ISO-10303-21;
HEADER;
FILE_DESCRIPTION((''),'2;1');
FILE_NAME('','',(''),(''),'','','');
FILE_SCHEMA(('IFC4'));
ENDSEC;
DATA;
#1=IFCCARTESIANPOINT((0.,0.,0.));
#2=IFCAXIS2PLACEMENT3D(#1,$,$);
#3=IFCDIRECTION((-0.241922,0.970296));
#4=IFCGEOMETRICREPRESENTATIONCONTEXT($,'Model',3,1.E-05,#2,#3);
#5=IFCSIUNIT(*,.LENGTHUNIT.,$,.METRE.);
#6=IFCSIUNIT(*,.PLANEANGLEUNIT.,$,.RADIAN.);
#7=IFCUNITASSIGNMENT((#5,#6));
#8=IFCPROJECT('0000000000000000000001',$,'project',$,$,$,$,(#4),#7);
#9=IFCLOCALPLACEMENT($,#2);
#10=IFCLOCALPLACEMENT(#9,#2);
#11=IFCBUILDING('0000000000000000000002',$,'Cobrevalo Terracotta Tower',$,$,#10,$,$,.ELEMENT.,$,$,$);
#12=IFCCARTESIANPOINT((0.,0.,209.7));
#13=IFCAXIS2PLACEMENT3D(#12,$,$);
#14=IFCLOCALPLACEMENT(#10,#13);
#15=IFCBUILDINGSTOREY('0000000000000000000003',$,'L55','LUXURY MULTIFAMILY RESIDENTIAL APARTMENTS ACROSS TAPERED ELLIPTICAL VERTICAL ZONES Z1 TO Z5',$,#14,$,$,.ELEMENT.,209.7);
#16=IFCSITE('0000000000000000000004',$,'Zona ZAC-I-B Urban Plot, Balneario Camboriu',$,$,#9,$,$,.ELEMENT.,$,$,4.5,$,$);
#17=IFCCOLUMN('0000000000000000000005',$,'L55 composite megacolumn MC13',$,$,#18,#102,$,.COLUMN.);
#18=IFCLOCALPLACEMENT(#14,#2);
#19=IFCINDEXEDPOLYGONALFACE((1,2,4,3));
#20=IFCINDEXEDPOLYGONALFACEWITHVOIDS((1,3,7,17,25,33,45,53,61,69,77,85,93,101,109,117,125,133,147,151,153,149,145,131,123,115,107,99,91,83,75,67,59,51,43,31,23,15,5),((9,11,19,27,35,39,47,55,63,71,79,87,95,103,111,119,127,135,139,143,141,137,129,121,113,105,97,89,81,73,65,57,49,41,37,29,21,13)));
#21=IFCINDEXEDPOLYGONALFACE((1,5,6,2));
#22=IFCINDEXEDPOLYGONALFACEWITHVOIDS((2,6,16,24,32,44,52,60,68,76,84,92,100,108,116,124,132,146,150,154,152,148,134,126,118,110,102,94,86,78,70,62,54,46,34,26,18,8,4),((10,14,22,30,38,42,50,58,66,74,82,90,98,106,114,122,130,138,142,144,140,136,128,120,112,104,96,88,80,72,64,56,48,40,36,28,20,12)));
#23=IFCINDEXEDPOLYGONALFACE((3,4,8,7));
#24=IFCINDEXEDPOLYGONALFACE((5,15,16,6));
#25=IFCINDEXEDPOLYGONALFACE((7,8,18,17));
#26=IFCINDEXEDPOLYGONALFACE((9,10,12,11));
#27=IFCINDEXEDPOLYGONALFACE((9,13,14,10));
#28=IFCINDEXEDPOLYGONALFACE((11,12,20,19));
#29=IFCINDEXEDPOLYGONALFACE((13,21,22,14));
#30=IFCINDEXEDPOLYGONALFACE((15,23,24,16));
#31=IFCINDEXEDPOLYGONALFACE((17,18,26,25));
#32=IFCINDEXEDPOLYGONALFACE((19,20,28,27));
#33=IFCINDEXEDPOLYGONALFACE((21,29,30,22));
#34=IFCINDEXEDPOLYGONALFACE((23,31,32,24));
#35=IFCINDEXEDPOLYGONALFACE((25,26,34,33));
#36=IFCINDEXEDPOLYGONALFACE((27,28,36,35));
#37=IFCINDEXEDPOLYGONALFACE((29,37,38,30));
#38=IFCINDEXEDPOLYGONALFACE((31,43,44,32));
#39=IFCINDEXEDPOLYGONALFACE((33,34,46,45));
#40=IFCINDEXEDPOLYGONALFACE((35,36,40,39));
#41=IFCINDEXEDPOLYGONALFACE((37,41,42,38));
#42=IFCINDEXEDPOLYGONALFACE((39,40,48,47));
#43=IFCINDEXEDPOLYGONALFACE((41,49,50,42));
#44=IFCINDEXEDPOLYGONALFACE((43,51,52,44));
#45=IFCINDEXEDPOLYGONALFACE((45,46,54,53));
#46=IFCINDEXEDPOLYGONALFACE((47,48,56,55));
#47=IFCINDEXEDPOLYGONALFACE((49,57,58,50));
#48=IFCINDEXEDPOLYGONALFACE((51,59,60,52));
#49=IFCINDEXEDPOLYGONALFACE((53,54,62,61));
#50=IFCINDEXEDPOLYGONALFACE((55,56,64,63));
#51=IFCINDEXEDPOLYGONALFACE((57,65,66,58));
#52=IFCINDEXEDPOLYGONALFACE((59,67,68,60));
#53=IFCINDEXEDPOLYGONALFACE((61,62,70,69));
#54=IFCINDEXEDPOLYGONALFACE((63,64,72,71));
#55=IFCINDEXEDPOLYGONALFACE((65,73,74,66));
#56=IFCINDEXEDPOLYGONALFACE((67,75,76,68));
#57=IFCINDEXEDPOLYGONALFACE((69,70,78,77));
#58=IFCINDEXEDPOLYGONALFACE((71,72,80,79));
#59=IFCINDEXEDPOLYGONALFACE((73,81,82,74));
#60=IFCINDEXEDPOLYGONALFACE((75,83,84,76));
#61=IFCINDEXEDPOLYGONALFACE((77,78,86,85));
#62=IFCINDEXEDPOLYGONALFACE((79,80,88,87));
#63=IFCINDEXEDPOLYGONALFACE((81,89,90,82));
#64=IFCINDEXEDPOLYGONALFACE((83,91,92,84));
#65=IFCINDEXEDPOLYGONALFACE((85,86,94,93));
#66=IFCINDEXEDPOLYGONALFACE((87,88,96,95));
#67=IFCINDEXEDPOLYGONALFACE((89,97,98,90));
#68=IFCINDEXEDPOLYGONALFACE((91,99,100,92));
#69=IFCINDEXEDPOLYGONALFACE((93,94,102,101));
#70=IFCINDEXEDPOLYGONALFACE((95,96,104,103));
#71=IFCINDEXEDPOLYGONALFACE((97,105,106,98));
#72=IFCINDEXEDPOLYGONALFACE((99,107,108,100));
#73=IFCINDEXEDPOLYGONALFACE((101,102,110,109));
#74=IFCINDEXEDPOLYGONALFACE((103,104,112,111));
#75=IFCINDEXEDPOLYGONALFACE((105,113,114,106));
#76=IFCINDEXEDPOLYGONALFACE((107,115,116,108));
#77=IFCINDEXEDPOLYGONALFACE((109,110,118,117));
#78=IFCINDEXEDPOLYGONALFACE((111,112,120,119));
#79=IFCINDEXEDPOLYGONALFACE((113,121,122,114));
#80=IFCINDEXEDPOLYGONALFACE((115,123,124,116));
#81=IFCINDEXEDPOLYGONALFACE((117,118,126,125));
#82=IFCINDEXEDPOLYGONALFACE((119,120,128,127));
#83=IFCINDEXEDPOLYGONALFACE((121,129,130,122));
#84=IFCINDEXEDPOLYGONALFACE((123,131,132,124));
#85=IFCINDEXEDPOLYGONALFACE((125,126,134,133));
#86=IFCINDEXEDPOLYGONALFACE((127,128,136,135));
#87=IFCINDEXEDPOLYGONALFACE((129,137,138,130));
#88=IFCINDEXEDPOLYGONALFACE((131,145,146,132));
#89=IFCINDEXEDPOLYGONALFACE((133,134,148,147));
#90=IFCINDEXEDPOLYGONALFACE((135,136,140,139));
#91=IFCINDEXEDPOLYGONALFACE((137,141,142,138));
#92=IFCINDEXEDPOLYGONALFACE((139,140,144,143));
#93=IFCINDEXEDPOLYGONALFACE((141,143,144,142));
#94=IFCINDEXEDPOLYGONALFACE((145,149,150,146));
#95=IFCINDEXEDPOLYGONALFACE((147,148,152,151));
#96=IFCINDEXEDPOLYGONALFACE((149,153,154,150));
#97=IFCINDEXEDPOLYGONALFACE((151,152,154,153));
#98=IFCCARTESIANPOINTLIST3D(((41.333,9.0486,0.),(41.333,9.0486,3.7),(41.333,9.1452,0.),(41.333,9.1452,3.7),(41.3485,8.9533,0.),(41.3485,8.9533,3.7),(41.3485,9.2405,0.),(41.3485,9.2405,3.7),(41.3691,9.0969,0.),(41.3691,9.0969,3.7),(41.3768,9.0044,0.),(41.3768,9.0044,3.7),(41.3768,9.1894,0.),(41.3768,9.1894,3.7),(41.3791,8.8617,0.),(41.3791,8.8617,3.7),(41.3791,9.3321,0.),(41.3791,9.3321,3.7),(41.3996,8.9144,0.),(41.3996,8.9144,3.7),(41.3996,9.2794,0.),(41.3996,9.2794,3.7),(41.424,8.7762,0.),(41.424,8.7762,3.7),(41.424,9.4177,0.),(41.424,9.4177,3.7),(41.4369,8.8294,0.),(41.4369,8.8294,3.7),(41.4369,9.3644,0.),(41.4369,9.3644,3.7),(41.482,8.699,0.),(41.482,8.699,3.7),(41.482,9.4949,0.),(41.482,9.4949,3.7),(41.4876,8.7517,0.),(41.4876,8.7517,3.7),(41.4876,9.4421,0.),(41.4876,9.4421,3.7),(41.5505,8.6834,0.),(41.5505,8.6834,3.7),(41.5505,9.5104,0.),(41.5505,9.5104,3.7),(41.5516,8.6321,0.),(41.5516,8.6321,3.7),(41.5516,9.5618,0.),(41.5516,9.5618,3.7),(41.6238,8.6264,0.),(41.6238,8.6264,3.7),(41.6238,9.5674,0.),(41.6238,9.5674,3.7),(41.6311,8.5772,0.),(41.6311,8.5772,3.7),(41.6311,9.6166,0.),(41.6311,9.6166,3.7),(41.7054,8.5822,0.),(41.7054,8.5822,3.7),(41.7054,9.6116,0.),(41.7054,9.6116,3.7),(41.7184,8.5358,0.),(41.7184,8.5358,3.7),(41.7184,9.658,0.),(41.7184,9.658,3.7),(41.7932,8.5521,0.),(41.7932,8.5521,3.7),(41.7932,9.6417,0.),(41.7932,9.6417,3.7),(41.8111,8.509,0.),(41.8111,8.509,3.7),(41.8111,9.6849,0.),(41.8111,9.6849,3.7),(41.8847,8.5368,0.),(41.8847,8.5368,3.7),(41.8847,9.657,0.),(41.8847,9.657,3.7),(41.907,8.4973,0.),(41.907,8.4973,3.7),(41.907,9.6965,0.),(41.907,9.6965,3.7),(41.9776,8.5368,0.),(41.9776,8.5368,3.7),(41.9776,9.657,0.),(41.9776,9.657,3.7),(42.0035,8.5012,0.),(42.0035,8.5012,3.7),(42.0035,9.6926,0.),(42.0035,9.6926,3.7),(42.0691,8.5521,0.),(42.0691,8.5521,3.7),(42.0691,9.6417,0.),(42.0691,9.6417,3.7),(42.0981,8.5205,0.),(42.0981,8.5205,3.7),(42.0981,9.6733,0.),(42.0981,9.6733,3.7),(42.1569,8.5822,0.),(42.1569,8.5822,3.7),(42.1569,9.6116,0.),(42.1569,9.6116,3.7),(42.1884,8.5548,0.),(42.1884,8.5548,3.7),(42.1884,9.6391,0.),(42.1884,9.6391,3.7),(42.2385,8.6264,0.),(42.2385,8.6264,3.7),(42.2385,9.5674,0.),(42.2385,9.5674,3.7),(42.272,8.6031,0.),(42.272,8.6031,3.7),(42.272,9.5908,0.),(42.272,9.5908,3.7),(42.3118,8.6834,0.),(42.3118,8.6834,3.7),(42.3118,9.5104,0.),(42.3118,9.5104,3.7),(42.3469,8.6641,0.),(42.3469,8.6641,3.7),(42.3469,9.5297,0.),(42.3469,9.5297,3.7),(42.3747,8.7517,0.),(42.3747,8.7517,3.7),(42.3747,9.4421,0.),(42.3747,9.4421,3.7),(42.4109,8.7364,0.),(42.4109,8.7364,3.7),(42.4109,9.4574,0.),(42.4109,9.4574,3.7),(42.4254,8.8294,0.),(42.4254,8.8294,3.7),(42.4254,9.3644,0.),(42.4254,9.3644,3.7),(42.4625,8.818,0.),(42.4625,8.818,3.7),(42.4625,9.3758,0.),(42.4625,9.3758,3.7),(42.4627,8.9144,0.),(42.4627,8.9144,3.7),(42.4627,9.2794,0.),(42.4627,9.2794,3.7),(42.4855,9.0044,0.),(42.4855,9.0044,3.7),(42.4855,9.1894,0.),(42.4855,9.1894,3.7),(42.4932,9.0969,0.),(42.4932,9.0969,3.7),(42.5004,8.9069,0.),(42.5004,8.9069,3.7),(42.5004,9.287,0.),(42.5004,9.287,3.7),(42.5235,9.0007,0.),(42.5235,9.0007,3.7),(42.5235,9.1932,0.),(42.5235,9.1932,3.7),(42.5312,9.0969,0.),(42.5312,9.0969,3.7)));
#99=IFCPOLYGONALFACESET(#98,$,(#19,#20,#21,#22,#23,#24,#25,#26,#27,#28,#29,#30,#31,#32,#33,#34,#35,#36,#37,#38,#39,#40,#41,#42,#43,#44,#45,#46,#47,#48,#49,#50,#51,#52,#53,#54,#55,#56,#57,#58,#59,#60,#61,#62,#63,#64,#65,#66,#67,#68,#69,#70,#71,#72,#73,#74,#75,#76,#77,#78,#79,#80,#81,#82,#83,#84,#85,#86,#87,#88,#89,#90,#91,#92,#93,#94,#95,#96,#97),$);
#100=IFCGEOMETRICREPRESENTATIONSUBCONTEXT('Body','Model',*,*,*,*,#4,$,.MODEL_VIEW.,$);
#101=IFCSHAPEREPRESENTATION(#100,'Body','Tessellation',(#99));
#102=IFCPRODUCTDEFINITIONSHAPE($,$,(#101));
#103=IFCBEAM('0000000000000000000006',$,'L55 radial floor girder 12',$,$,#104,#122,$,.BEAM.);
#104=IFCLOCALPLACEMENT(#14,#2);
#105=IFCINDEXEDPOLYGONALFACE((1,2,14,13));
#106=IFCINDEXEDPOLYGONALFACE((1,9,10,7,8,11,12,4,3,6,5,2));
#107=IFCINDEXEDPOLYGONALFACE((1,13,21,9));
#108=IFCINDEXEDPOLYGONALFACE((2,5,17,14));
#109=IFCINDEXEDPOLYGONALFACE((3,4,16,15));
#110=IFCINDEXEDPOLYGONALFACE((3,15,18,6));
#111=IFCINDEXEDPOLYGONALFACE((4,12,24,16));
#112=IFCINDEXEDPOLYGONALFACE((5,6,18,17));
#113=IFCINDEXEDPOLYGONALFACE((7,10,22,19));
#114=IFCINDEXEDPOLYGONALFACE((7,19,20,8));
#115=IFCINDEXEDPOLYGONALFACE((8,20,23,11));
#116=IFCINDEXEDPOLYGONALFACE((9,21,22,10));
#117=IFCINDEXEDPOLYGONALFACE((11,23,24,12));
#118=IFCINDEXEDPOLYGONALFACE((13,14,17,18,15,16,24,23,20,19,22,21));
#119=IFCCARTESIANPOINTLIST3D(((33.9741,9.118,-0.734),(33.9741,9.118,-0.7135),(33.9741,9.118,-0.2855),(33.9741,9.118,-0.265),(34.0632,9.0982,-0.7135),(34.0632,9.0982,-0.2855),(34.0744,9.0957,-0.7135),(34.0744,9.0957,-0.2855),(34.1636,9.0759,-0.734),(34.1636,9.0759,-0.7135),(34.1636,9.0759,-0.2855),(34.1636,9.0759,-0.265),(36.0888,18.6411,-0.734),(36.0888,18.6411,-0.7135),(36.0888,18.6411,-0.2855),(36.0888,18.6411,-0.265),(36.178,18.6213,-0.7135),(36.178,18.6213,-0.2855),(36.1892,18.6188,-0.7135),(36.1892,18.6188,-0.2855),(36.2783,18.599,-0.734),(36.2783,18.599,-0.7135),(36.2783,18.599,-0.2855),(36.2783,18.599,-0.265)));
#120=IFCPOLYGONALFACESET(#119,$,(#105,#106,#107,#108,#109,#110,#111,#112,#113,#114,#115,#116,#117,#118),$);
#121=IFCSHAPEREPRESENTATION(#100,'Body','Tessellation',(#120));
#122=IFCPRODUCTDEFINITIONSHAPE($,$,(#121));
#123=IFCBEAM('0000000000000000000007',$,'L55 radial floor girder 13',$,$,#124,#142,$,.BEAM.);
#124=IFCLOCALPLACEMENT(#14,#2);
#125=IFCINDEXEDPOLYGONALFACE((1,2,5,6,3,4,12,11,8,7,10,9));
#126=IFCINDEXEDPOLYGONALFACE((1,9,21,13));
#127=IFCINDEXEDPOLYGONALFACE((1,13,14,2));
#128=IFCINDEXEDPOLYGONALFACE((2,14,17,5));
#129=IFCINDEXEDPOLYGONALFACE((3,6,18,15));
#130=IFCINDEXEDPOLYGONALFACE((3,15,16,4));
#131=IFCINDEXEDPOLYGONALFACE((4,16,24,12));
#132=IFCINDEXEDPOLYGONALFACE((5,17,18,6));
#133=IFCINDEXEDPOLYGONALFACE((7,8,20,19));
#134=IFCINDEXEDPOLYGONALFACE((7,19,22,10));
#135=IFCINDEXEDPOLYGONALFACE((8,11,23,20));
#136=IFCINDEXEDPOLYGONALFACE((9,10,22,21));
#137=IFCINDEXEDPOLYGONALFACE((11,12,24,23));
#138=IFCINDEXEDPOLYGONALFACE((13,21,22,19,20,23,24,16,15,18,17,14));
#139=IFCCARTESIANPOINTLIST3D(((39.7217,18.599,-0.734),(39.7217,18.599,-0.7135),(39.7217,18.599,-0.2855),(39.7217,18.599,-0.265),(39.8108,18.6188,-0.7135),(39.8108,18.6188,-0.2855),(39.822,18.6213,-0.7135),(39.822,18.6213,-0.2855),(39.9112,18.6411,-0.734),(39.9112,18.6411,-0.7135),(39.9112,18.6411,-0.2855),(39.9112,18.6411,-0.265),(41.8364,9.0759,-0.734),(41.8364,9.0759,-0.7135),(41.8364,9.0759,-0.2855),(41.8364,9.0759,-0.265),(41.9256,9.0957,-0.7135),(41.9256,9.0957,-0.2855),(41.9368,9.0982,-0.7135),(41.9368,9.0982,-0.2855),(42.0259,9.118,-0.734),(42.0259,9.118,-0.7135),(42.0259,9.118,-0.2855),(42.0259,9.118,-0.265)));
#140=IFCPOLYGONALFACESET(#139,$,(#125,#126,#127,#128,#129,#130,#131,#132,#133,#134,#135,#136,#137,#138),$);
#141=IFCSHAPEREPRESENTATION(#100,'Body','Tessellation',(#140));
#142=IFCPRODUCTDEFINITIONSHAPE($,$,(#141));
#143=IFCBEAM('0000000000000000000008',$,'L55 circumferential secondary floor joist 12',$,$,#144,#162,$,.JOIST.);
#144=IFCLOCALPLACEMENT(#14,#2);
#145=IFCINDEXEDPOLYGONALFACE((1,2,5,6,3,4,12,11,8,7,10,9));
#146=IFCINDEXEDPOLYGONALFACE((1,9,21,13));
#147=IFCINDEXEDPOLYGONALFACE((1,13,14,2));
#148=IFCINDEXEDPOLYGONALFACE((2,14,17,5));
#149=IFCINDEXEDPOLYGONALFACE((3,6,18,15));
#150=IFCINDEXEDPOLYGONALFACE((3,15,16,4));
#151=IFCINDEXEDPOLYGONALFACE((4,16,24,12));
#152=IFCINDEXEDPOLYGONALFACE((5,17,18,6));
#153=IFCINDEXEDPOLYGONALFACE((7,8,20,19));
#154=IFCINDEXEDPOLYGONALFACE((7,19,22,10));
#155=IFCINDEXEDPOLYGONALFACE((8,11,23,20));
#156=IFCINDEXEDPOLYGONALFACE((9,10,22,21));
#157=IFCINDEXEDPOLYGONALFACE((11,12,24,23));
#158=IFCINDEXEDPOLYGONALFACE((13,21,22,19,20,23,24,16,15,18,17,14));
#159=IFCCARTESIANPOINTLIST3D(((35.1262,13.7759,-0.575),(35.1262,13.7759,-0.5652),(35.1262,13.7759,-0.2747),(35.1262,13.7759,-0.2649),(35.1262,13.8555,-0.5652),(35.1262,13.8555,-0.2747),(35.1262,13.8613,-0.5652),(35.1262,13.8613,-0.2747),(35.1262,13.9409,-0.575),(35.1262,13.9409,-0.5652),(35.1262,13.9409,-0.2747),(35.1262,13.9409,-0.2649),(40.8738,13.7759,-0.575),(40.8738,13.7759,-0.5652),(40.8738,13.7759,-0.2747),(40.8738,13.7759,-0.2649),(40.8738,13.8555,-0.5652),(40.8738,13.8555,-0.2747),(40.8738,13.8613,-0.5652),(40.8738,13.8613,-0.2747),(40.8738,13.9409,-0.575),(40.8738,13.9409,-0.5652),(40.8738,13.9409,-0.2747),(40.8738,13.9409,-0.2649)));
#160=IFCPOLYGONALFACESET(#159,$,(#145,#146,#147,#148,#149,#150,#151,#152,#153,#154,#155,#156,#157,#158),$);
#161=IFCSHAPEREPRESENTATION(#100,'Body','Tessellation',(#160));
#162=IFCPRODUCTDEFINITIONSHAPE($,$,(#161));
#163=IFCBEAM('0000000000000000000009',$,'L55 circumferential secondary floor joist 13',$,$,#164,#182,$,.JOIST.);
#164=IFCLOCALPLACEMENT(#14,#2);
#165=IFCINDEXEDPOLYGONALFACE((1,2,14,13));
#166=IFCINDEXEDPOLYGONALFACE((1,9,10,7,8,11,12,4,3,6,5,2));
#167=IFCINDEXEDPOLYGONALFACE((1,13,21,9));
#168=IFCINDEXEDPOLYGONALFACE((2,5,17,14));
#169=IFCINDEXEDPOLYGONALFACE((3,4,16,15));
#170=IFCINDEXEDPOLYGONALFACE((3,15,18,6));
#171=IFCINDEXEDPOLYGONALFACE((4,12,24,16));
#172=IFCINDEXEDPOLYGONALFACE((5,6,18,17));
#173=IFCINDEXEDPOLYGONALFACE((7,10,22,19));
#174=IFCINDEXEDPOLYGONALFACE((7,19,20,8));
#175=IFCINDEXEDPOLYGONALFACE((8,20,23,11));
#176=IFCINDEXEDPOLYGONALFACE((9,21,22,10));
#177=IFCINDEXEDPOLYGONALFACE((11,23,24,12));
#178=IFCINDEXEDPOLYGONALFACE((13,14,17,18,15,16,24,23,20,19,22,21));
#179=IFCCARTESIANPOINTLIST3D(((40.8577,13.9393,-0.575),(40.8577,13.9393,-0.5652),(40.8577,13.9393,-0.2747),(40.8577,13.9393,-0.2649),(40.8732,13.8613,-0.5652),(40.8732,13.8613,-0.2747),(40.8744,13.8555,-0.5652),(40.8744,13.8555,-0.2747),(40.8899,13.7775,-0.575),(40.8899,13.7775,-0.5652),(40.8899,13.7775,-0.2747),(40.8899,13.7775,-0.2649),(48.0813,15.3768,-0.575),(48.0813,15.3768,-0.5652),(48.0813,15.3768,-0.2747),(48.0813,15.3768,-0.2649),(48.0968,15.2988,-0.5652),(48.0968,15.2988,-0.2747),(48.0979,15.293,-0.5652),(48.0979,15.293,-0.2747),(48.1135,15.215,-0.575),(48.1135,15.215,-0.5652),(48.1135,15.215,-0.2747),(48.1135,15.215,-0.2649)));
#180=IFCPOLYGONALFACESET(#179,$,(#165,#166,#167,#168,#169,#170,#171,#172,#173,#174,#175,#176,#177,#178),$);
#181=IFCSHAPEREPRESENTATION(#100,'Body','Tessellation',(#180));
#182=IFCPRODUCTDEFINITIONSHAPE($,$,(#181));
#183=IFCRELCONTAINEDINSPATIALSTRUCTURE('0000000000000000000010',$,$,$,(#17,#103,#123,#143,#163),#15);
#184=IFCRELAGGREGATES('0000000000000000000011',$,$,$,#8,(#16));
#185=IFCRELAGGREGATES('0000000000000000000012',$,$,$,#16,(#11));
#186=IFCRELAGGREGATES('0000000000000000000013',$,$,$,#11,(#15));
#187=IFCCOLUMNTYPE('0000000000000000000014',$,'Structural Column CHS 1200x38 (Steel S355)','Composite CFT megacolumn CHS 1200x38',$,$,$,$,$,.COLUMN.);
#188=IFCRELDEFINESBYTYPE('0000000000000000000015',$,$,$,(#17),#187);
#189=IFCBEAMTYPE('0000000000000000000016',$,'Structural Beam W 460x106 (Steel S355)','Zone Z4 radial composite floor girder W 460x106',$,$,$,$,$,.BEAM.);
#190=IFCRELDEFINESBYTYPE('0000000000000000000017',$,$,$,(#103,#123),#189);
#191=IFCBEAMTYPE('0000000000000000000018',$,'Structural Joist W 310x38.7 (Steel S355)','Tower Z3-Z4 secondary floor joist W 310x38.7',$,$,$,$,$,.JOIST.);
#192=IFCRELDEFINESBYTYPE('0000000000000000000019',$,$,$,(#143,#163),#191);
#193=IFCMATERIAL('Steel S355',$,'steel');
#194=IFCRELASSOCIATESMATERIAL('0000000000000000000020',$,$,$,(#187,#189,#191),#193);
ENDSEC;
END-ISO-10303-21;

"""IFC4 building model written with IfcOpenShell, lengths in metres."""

from ifc_helpers import new_model, si_unit, direction, frame, origin, origin_2d, place, context, subcontext, project, spatial, hollow_circle, i_section, extrude, material, material_profile, profile_set, type_object, element, save


model = new_model("IFC4")

# Units and contexts
model_context = context("Model", 3, precision=1e-05, world=origin(), true_north=direction((-0.241922, 0.970296)))
body_context = subcontext(model_context, "Body", "Model", "MODEL_VIEW")
ifc_project = project(units=[si_unit("LENGTHUNIT", "METRE"), si_unit("PLANEANGLEUNIT", "RADIAN")], contexts=[model_context])

# Site, building, storey
site_placement = place(None, origin())
site = spatial("IfcSite", under=ifc_project, at=site_placement, Name="Zona ZAC-I-B Urban Plot, Balneario Camboriu", CompositionType="ELEMENT", RefElevation=4.5)
building_placement = place(site_placement, origin())
building = spatial("IfcBuilding", under=site, at=building_placement, Name="Cobrevalo Terracotta Tower", CompositionType="ELEMENT")
storey_placement = place(building_placement, frame((0.0, 0.0, 209.7)))
storey = spatial("IfcBuildingStorey", under=building, at=storey_placement, Name="L55", Description="LUXURY MULTIFAMILY RESIDENTIAL APARTMENTS ACROSS TAPERED ELLIPTICAL VERTICAL ZONES Z1 TO Z5", CompositionType="ELEMENT", Elevation=209.7)

# Column
ifc_material_1 = material(Name="Steel S355", Category="steel")
ifc_material_profile_1 = material_profile(ifc_material_1, hollow_circle(Radius=0.6001, WallThickness=0.0381, at=origin_2d()), Name="CHS 1200x38")
ifc_profile_set_1 = profile_set([ifc_material_profile_1], Name="Steel S355")
column_type = type_object("IfcColumnType", Name="Structural Column CHS 1200x38 (Steel S355)", Description="Composite CFT megacolumn CHS 1200x38", PredefinedType="COLUMN", material=ifc_profile_set_1)
column_placement = place(storey_placement, frame((41.9312, 9.0969, 0.0), z_axis=(0.0, 0.0, 1.0), x_axis=(1.0, 0.0, 0.0)))
element("IfcColumn", 1, at=column_placement, inside=storey, type_object=column_type, Name="L55 composite megacolumn MC13", PredefinedType="COLUMN", context=body_context, shape_type="SweptSolid", body=[
    extrude(hollow_circle(Radius=0.6001, WallThickness=0.0381, at=origin_2d()), origin(), (0.0, 0.0, 1.0), 3.7),
])

# Beams
ifc_material_profile_2 = material_profile(ifc_material_1, i_section(OverallWidth=0.1941, OverallDepth=0.469, WebThickness=0.0115, FlangeThickness=0.0205, at=origin_2d()), Name="W 460x106")
ifc_profile_set_2 = profile_set([ifc_material_profile_2], Name="Steel S355")
beam_type_1 = type_object("IfcBeamType", Name="Structural Beam W 460x106 (Steel S355)", Description="Zone Z4 radial composite floor girder W 460x106", PredefinedType="BEAM", material=ifc_profile_set_2)
for number, where, z_axis, x_axis, name in (
    (2, (34.0688, 9.0969, -0.4995), (0.216782, 0.97622, 0.0), (-0.97622, 0.216782, 0.0), "L55 radial floor girder 12"),
    (3, (41.9312, 9.0969, -0.4995), (-0.216782, 0.97622, 0.0), (-0.97622, -0.216782, 0.0), "L55 radial floor girder 13"),
):
    element("IfcBeam", number, at=place(storey_placement, frame(where, z_axis=z_axis, x_axis=x_axis)), inside=storey, type_object=beam_type_1, Name=name, PredefinedType="BEAM", context=body_context, shape_type="SweptSolid", body=[
        extrude(i_section(OverallWidth=0.1941, OverallDepth=0.469, WebThickness=0.0115, FlangeThickness=0.0205, at=origin_2d()), origin(), (0.0, 0.0, 1.0), 9.7551),
    ])
ifc_material_profile_3 = material_profile(ifc_material_1, i_section(OverallWidth=0.165, OverallDepth=0.3101, WebThickness=0.0059, FlangeThickness=0.0098, at=origin_2d()), Name="W 310x38.7")
ifc_profile_set_3 = profile_set([ifc_material_profile_3], Name="Steel S355")
beam_type_2 = type_object("IfcBeamType", Name="Structural Joist W 310x38.7 (Steel S355)", Description="Tower Z3-Z4 secondary floor joist W 310x38.7", PredefinedType="JOIST", material=ifc_profile_set_3)
beam_1_placement = place(storey_placement, frame((35.1262, 13.8584, -0.4199), z_axis=(1.0, 0.0, 0.0), x_axis=(0.0, 1.0, 0.0)))
element("IfcBeam", 4, at=beam_1_placement, inside=storey, type_object=beam_type_2, Name="L55 circumferential secondary floor joist 12", PredefinedType="JOIST", context=body_context, shape_type="SweptSolid", body=[
    extrude(i_section(OverallWidth=0.165, OverallDepth=0.3101, WebThickness=0.0059, FlangeThickness=0.0098, at=origin_2d()), origin(), (0.0, 0.0, 1.0), 5.7476),
])
beam_2_placement = place(storey_placement, frame((40.8738, 13.8584, -0.4199), z_axis=(0.980769, 0.195173, 0.0), x_axis=(-0.195173, 0.980769, 0.0)))
element("IfcBeam", 5, at=beam_2_placement, inside=storey, type_object=beam_type_2, Name="L55 circumferential secondary floor joist 13", PredefinedType="JOIST", context=body_context, shape_type="SweptSolid", body=[
    extrude(i_section(OverallWidth=0.165, OverallDepth=0.3101, WebThickness=0.0059, FlangeThickness=0.0098, at=origin_2d()), origin(), (0.0, 0.0, 1.0), 7.3652),
])

save(model, "model.ifc")
